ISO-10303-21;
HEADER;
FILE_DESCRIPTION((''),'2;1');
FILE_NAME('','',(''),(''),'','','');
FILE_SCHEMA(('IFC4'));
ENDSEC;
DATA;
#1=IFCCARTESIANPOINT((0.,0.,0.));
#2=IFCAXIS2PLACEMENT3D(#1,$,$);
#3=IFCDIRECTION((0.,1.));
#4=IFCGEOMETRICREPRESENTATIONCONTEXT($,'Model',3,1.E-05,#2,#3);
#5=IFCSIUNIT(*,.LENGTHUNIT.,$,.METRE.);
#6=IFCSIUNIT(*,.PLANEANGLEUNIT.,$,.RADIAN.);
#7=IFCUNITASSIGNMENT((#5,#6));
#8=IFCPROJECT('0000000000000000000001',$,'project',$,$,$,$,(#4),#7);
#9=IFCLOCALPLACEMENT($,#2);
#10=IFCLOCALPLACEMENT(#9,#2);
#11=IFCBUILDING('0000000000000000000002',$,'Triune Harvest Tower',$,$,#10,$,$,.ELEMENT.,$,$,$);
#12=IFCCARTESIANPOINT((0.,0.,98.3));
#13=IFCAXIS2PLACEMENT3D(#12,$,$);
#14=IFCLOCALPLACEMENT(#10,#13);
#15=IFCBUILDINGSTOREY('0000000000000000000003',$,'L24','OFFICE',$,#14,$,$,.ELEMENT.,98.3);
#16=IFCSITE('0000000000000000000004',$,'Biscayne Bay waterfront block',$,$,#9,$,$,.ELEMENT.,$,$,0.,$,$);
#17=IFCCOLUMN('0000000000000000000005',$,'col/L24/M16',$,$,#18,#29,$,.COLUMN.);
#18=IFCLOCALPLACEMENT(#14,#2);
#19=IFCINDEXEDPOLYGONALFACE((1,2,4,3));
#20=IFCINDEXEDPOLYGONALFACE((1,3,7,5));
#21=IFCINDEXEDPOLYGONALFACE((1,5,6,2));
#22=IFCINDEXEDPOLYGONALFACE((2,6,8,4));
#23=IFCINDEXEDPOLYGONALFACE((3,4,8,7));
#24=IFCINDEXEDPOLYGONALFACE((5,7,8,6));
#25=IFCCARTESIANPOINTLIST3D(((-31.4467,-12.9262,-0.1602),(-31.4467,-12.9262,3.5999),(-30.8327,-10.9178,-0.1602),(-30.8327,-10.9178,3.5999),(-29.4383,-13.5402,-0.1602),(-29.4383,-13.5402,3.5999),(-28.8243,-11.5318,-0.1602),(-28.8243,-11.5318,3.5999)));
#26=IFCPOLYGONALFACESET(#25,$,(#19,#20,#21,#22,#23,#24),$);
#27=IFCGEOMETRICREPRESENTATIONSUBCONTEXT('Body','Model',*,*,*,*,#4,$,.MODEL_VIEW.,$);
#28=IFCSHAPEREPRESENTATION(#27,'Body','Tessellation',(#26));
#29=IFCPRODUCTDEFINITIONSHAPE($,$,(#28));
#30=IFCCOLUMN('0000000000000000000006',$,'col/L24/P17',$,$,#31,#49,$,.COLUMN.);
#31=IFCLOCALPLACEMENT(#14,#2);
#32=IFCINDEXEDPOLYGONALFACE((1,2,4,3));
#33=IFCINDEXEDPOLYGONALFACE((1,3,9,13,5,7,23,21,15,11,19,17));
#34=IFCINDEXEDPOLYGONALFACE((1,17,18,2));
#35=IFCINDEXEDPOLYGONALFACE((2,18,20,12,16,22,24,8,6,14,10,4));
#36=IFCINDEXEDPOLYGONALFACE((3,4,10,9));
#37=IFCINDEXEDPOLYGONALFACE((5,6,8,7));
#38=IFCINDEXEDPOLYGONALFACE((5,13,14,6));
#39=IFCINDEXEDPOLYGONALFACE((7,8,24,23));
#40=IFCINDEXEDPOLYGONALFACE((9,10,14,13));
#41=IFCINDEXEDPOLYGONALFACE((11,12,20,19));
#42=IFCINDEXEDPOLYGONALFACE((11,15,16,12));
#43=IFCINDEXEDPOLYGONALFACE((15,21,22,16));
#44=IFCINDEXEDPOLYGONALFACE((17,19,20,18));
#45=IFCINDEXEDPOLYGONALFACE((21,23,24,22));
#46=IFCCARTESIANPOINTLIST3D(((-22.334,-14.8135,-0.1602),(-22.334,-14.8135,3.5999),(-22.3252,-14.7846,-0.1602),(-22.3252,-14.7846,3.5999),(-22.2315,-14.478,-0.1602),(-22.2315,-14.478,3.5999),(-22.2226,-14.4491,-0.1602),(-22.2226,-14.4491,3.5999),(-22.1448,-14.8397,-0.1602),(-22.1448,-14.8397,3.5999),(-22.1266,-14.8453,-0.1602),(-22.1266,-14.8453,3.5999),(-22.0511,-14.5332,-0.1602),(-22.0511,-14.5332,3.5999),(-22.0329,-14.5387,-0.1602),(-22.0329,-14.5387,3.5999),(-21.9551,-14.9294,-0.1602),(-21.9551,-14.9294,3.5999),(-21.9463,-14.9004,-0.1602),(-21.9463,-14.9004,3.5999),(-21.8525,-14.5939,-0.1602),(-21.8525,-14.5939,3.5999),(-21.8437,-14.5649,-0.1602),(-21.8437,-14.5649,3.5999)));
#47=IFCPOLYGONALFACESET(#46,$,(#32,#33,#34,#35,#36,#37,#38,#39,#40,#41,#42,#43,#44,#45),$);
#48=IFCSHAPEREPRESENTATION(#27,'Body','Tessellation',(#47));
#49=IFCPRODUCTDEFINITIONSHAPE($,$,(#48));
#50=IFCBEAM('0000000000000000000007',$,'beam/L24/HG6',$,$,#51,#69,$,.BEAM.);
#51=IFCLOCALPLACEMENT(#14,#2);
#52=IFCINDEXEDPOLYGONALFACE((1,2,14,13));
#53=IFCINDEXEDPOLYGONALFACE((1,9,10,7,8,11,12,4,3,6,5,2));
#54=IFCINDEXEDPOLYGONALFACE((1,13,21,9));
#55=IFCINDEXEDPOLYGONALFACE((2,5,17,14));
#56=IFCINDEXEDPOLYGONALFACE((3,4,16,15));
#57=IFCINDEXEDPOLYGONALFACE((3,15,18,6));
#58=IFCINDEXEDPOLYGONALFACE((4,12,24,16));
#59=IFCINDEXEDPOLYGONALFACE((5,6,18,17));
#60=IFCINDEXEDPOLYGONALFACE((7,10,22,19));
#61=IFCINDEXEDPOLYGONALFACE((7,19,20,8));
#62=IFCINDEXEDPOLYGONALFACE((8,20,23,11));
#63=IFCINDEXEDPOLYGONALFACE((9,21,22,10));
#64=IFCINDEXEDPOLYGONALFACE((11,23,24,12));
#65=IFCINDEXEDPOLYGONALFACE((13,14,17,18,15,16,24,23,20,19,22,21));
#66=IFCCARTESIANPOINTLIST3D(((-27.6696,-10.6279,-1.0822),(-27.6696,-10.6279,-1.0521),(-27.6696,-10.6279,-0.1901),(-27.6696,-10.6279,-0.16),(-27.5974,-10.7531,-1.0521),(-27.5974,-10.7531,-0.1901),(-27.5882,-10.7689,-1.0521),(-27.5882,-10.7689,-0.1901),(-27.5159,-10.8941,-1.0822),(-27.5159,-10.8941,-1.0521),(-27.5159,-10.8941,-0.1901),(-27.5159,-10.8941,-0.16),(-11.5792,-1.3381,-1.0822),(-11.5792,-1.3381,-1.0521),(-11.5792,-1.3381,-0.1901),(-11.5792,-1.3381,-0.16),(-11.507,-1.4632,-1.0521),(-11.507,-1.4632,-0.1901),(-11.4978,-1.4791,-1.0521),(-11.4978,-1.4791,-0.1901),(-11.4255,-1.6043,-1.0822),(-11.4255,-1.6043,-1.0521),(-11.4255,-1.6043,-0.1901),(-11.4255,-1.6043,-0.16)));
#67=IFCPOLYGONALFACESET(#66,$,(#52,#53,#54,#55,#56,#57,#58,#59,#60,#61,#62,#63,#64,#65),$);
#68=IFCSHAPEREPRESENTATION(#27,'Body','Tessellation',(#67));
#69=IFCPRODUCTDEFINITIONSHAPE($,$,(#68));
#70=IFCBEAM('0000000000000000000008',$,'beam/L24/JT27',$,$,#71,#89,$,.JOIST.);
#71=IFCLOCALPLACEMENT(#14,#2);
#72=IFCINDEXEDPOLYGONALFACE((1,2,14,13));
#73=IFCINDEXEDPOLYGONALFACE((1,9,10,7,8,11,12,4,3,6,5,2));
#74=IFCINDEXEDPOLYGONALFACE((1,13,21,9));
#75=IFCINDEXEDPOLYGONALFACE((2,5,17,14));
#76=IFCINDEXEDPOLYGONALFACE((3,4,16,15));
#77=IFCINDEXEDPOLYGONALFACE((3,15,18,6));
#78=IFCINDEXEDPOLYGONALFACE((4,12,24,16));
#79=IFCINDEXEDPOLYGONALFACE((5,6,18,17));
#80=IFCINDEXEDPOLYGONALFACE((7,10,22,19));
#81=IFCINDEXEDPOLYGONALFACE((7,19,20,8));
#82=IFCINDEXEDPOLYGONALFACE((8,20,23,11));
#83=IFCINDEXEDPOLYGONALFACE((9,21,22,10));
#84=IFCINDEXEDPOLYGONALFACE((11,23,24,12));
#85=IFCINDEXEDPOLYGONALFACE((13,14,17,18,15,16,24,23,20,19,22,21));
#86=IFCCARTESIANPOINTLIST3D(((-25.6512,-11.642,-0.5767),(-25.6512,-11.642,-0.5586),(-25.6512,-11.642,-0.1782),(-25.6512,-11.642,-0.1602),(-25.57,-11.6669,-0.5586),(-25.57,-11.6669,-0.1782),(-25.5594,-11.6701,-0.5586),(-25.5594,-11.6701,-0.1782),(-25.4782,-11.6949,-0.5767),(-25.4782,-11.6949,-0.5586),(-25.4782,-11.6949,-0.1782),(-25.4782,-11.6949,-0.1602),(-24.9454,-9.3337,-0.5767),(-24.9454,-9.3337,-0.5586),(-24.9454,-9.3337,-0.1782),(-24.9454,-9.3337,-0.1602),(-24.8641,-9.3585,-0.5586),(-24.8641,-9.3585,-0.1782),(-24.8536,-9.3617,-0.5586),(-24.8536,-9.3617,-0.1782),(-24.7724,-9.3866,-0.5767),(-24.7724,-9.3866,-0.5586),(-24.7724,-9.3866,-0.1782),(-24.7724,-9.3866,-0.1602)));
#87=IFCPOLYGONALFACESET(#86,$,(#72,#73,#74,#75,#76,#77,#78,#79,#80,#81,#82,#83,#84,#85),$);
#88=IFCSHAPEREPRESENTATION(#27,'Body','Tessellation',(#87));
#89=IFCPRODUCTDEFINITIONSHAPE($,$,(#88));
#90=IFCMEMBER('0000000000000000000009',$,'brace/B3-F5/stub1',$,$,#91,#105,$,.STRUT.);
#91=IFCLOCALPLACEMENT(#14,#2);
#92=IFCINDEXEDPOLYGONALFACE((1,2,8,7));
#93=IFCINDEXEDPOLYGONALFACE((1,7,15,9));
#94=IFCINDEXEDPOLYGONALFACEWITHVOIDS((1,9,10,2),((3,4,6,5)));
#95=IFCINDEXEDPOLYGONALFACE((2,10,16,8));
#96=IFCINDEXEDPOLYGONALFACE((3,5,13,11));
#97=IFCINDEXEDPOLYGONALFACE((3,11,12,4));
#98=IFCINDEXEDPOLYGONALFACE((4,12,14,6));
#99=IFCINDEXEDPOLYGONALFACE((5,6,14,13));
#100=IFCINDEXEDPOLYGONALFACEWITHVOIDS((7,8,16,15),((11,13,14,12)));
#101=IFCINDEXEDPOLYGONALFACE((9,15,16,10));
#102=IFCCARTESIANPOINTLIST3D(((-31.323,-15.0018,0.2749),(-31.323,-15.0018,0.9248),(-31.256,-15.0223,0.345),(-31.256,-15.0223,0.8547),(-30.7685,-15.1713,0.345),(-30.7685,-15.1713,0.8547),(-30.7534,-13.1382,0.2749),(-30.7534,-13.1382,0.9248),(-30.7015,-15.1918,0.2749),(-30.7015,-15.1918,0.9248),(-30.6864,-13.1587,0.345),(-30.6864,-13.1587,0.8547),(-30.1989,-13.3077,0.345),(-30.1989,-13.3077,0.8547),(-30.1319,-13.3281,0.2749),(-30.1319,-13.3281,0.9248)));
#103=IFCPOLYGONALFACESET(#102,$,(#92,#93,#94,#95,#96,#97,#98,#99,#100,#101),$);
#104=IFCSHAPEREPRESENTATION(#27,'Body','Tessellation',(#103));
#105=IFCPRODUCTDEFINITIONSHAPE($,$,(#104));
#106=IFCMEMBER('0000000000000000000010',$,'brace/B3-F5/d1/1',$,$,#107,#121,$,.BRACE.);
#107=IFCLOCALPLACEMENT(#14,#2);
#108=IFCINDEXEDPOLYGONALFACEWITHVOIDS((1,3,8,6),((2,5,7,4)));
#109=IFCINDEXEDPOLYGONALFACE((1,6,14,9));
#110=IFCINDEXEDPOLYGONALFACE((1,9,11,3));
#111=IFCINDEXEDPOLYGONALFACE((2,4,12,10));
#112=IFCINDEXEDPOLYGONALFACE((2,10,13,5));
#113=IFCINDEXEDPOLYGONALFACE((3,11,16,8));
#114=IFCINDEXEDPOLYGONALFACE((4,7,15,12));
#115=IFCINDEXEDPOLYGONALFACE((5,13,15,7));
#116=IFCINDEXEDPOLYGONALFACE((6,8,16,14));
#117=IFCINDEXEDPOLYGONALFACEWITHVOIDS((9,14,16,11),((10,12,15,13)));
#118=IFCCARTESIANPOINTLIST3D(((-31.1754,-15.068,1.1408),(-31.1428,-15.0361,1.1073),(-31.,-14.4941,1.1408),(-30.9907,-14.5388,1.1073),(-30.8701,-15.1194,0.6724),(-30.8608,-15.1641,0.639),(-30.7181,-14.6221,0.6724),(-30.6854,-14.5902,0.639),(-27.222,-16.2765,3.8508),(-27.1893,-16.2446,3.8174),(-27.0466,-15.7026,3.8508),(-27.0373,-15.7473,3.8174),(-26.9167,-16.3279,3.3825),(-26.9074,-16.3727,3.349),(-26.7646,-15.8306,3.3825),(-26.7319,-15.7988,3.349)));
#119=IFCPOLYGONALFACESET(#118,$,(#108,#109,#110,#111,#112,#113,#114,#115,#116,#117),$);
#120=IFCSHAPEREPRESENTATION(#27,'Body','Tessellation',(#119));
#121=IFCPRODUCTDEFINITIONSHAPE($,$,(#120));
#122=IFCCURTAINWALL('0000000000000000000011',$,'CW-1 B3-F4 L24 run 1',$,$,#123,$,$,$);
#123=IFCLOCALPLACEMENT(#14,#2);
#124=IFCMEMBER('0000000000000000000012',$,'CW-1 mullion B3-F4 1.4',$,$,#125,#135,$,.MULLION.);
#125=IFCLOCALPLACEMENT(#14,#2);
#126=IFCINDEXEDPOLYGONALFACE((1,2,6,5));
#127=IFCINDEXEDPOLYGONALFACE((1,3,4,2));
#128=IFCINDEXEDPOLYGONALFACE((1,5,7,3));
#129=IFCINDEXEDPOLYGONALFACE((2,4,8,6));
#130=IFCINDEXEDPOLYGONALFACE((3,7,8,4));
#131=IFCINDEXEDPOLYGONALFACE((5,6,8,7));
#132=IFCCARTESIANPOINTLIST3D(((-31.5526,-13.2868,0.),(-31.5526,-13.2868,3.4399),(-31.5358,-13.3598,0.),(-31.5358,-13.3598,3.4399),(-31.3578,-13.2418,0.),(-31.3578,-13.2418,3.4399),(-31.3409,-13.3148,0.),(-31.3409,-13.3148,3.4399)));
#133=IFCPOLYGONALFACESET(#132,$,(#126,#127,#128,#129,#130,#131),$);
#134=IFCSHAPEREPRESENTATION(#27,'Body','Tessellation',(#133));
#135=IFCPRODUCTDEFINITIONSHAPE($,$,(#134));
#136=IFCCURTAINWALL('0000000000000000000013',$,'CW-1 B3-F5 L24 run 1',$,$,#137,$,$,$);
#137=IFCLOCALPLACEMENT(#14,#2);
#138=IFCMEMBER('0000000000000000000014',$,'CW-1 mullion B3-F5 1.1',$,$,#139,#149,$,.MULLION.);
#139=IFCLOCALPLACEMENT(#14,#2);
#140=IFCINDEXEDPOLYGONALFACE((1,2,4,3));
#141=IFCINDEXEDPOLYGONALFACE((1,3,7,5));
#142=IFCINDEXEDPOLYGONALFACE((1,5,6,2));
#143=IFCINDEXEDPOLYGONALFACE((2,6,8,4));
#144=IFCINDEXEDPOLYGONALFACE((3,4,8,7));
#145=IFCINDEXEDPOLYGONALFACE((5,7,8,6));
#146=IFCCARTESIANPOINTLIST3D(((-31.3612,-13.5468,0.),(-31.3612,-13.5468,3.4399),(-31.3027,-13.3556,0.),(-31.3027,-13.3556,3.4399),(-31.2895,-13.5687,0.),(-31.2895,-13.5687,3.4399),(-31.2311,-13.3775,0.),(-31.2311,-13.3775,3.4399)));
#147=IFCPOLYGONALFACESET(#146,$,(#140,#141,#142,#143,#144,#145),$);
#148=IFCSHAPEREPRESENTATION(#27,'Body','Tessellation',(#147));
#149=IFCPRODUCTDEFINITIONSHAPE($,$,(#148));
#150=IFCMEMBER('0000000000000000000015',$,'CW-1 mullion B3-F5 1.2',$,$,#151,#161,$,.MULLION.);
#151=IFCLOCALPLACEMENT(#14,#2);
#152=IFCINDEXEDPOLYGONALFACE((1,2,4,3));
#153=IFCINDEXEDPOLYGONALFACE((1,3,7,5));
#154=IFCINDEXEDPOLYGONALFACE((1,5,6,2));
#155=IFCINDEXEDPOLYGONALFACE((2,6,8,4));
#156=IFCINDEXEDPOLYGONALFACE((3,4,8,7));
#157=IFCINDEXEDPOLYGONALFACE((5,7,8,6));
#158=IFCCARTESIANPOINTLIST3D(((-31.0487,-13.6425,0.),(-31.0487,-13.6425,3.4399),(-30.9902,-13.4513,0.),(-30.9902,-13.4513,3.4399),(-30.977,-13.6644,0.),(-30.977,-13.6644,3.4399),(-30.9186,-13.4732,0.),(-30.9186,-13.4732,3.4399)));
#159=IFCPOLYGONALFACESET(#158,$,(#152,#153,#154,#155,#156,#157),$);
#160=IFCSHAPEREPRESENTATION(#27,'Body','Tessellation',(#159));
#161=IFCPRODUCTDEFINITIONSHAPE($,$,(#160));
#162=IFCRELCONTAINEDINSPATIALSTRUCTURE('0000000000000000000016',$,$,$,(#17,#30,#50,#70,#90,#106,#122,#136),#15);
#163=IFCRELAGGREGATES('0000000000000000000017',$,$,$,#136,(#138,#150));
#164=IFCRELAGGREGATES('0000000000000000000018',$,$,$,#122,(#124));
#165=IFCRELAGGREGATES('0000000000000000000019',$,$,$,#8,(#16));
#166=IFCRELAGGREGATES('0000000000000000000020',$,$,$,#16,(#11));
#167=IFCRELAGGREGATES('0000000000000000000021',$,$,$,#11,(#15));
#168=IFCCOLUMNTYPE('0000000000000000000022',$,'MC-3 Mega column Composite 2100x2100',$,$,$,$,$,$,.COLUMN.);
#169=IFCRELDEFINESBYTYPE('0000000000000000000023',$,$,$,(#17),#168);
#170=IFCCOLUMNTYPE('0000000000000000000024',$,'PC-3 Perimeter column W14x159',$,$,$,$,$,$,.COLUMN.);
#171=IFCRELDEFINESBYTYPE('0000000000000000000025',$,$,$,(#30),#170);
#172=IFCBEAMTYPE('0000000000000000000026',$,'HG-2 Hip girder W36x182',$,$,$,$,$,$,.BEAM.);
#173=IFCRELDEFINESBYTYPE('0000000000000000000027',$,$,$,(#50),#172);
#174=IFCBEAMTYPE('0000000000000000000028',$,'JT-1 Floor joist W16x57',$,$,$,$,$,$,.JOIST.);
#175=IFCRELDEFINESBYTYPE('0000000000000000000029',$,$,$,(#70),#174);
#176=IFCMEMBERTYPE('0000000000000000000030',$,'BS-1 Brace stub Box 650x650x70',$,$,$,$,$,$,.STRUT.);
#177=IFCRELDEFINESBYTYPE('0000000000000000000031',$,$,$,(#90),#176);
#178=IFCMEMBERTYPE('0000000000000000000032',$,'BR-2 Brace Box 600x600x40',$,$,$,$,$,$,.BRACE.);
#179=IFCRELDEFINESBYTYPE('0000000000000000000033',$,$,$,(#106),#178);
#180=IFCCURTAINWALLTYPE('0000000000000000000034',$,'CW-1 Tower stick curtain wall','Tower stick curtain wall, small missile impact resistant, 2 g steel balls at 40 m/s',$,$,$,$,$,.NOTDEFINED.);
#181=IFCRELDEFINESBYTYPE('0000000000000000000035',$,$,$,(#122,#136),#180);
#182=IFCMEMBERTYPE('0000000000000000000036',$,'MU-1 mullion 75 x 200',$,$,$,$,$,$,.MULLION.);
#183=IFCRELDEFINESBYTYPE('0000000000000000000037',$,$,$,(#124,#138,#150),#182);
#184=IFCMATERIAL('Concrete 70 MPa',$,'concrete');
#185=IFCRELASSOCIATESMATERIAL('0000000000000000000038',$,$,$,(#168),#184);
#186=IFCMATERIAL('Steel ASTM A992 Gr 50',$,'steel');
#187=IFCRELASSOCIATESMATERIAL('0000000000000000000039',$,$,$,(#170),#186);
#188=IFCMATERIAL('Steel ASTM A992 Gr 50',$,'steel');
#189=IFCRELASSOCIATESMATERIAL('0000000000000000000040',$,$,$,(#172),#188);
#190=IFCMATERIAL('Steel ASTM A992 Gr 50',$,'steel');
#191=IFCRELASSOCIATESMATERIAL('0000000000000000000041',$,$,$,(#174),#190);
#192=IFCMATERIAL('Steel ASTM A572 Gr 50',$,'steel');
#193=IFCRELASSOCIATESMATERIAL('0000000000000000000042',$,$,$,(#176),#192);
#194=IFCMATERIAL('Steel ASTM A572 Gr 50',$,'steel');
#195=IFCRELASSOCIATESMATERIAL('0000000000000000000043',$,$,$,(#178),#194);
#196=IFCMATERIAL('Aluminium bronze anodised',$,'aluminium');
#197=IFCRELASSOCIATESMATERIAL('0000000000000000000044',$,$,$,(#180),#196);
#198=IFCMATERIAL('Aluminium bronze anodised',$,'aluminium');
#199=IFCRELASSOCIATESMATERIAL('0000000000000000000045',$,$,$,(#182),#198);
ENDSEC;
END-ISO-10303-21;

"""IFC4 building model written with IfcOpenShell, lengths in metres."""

from ifc_helpers import new_model, si_unit, direction, frame, origin, origin_2d, place, context, subcontext, project, spatial, rectangle, hollow_rectangle, i_section, extrude, source, transform, mapped, material, material_profile, profile_set, type_object, element, aggregate, save


model = new_model("IFC4")

# Units and contexts
model_context = context("Model", 3, precision=1e-05, world=origin(), true_north=direction((0.0, 1.0)))
body_context = subcontext(model_context, "Body", "Model", "MODEL_VIEW")
ifc_project = project(units=[si_unit("LENGTHUNIT", "METRE"), si_unit("PLANEANGLEUNIT", "RADIAN")], contexts=[model_context])

# Site, building, storey
site_placement = place(None, origin())
site = spatial("IfcSite", under=ifc_project, at=site_placement, Name="Biscayne Bay waterfront block", CompositionType="ELEMENT", RefElevation=0.0)
building_placement = place(site_placement, origin())
building = spatial("IfcBuilding", under=site, at=building_placement, Name="Triune Harvest Tower", CompositionType="ELEMENT")
storey_placement = place(building_placement, frame((0.0, 0.0, 98.3)))
storey = spatial("IfcBuildingStorey", under=building, at=storey_placement, Name="L24", Description="OFFICE", CompositionType="ELEMENT", Elevation=98.3)

# Columns
ifc_material_1 = material(Name="Concrete 70 MPa", Category="concrete")
ifc_material_profile_1 = material_profile(ifc_material_1, rectangle(XDim=2.1001, YDim=2.1001, at=origin_2d()), Name="Composite 2100x2100")
ifc_profile_set_1 = profile_set([ifc_material_profile_1], Name="Concrete 70 MPa")
column_type_1 = type_object("IfcColumnType", Name="MC-3 Mega column Composite 2100x2100", PredefinedType="COLUMN", material=ifc_profile_set_1)
shared_shape_1 = source(origin(), body_context, "Body", "SweptSolid", [
    extrude(rectangle(XDim=2.1001, YDim=2.1001, at=origin_2d()), origin(), (0.0, 0.0, 1.0), 3.76),
])
column_1_placement = place(storey_placement, frame((-30.1355, -12.229, -0.1602), z_axis=(0.0, 0.0, 1.0), x_axis=(0.956305, -0.292372, 0.0)))
element("IfcColumn", 1, at=column_1_placement, inside=storey, type_object=column_type_1, Name="col/L24/M16", PredefinedType="COLUMN", context=body_context, shape_type="MappedRepresentation", body=[
    mapped(shared_shape_1, transform((0.0, 0.0, 0.0), scale=1.0)),
])
ifc_material_2 = material(Name="Steel ASTM A992 Gr 50", Category="steel")
ifc_material_profile_2 = material_profile(ifc_material_2, i_section(OverallWidth=0.3962, OverallDepth=0.3811, WebThickness=0.019, FlangeThickness=0.0303, at=origin_2d()), Name="W14x159")
ifc_profile_set_2 = profile_set([ifc_material_profile_2], Name="Steel ASTM A992 Gr 50")
column_type_2 = type_object("IfcColumnType", Name="PC-3 Perimeter column W14x159", PredefinedType="COLUMN", material=ifc_profile_set_2)
shared_shape_2 = source(origin(), body_context, "Body", "SweptSolid", [
    extrude(i_section(OverallWidth=0.3962, OverallDepth=0.3811, WebThickness=0.019, FlangeThickness=0.0303, at=origin_2d()), origin(), (0.0, 0.0, 1.0), 3.76),
])
column_2_placement = place(storey_placement, frame((-22.0889, -14.6892, -0.1602), z_axis=(0.0, 0.0, 1.0), x_axis=(0.956305, -0.292372, 0.0)))
element("IfcColumn", 2, at=column_2_placement, inside=storey, type_object=column_type_2, Name="col/L24/P17", PredefinedType="COLUMN", context=body_context, shape_type="MappedRepresentation", body=[
    mapped(shared_shape_2, transform((0.0, 0.0, 0.0), scale=1.0)),
])

# Beams
ifc_material_3 = material(Name="Steel ASTM A992 Gr 50", Category="steel")
ifc_material_profile_3 = material_profile(ifc_material_3, i_section(OverallWidth=0.3074, OverallDepth=0.9221, WebThickness=0.0183, FlangeThickness=0.03, at=origin_2d()), Name="W36x182")
ifc_profile_set_3 = profile_set([ifc_material_profile_3], Name="Steel ASTM A992 Gr 50")
beam_type_1 = type_object("IfcBeamType", Name="HG-2 Hip girder W36x182", PredefinedType="BEAM", material=ifc_profile_set_3)
shared_shape_3 = source(origin(), body_context, "Body", "SweptSolid", [
    extrude(i_section(OverallWidth=0.3074, OverallDepth=0.9221, WebThickness=0.0183, FlangeThickness=0.03, at=origin_2d()), origin(), (0.0, 0.0, 1.0), 18.5796),
])
beam_1_placement = place(storey_placement, frame((-27.5928, -10.761, -0.6211), z_axis=(0.866025, 0.500002, 0.0), x_axis=(-0.500002, 0.866025, 0.0)))
element("IfcBeam", 3, at=beam_1_placement, inside=storey, type_object=beam_type_1, Name="beam/L24/HG6", PredefinedType="BEAM", context=body_context, shape_type="MappedRepresentation", body=[
    mapped(shared_shape_3, transform((0.0, 0.0, 0.0), scale=1.0)),
])
ifc_material_4 = material(Name="Steel ASTM A992 Gr 50", Category="steel")
ifc_material_profile_4 = material_profile(ifc_material_4, i_section(OverallWidth=0.1809, OverallDepth=0.4165, WebThickness=0.011, FlangeThickness=0.0181, at=origin_2d()), Name="W16x57")
ifc_profile_set_4 = profile_set([ifc_material_profile_4], Name="Steel ASTM A992 Gr 50")
beam_type_2 = type_object("IfcBeamType", Name="JT-1 Floor joist W16x57", PredefinedType="JOIST", material=ifc_profile_set_4)
shared_shape_4 = source(origin(), body_context, "Body", "SweptSolid", [
    extrude(i_section(OverallWidth=0.1809, OverallDepth=0.4165, WebThickness=0.011, FlangeThickness=0.0181, at=origin_2d()), origin(), (0.0, 0.0, 1.0), 2.4138),
])
beam_2_placement = place(storey_placement, frame((-25.5647, -11.6685, -0.3684), z_axis=(0.292401, 0.956296, 0.0), x_axis=(-0.956296, 0.292401, 0.0)))
element("IfcBeam", 4, at=beam_2_placement, inside=storey, type_object=beam_type_2, Name="beam/L24/JT27", PredefinedType="JOIST", context=body_context, shape_type="MappedRepresentation", body=[
    mapped(shared_shape_4, transform((0.0, 0.0, 0.0), scale=1.0)),
])

# Members
ifc_material_5 = material(Name="Steel ASTM A572 Gr 50", Category="steel")
ifc_material_profile_5 = material_profile(ifc_material_5, hollow_rectangle(XDim=0.6499, YDim=0.6499, WallThickness=0.0701, at=origin_2d()), Name="Box 650x650x70")
ifc_profile_set_5 = profile_set([ifc_material_profile_5], Name="Steel ASTM A572 Gr 50")
member_type_1 = type_object("IfcMemberType", Name="BS-1 Brace stub Box 650x650x70", PredefinedType="STRUT", material=ifc_profile_set_5)
shared_shape_5 = source(origin(), body_context, "Body", "SweptSolid", [
    extrude(hollow_rectangle(XDim=0.6499, YDim=0.6499, WallThickness=0.0701, at=origin_2d()), origin(), (0.0, 0.0, 1.0), 1.9487),
])
member_1_placement = place(storey_placement, frame((-30.4426, -13.2332, 0.5999), z_axis=(-0.292298, -0.956327, 0.0), x_axis=(0.956327, -0.292298, 0.0)))
element("IfcMember", 5, at=member_1_placement, inside=storey, type_object=member_type_1, Name="brace/B3-F5/stub1", PredefinedType="STRUT", context=body_context, shape_type="MappedRepresentation", body=[
    mapped(shared_shape_5, transform((0.0, 0.0, 0.0), scale=1.0)),
])
ifc_material_6 = material(Name="Steel ASTM A572 Gr 50", Category="steel")
ifc_material_profile_6 = material_profile(ifc_material_6, hollow_rectangle(XDim=0.6001, YDim=0.6001, WallThickness=0.04, at=origin_2d()), Name="Box 600x600x40")
ifc_profile_set_6 = profile_set([ifc_material_profile_6], Name="Steel ASTM A572 Gr 50")
member_type_2 = type_object("IfcMemberType", Name="BR-2 Brace Box 600x600x40", PredefinedType="BRACE", material=ifc_profile_set_6)
shared_shape_6 = source(origin(), body_context, "Body", "SweptSolid", [
    extrude(hollow_rectangle(XDim=0.6001, YDim=0.6001, WallThickness=0.04, at=origin_2d()), origin(), (0.0, 0.0, 1.0), 4.9431),
])
member_2_placement = place(storey_placement, frame((-30.9304, -14.8291, 0.8899), z_axis=(0.799788, -0.244485, 0.54824), x_axis=(0.292334, 0.956316, 0.0)))
element("IfcMember", 6, at=member_2_placement, inside=storey, type_object=member_type_2, Name="brace/B3-F5/d1/1", PredefinedType="BRACE", context=body_context, shape_type="MappedRepresentation", body=[
    mapped(shared_shape_6, transform((0.0, 0.0, 0.0), scale=1.0)),
])

# Curtain wall, member
ifc_material_7 = material(Name="Aluminium bronze anodised", Category="aluminium")
curtain_wall_type_1 = type_object("IfcCurtainWallType", Name="CW-1 Tower stick curtain wall", Description="Tower stick curtain wall, small missile impact resistant, 2 g steel balls at 40 m/s", PredefinedType="NOTDEFINED", material=ifc_material_7)
curtain_wall_1_placement = place(storey_placement, origin())
curtain_wall_1 = element("IfcCurtainWall", 7, at=curtain_wall_1_placement, inside=storey, type_object=curtain_wall_type_1, Name="CW-1 B3-F4 L24 run 1")
ifc_material_8 = material(Name="Aluminium bronze anodised", Category="aluminium")
ifc_material_profile_7 = material_profile(ifc_material_8, rectangle(XDim=0.2, YDim=0.075, at=origin_2d()), Name="MU-1 mullion 75 x 200")
ifc_profile_set_7 = profile_set([ifc_material_profile_7], Name="Aluminium bronze anodised")
member_type_3 = type_object("IfcMemberType", Name="MU-1 mullion 75 x 200", PredefinedType="MULLION", material=ifc_profile_set_7)
shared_shape_7 = source(origin(), body_context, "Body", "SweptSolid", [
    extrude(rectangle(XDim=0.2, YDim=0.075, at=origin_2d()), origin(), (0.0, 0.0, 1.0), 3.4399),
])
member_3_placement = place(storey_placement, frame((-31.4468, -13.3008, 0.0), z_axis=(0.0, 0.0, 1.0), x_axis=(0.974371, 0.224947, 0.0)))
member_3 = element("IfcMember", 8, at=member_3_placement, type_object=member_type_3, Name="CW-1 mullion B3-F4 1.4", PredefinedType="MULLION", context=body_context, shape_type="MappedRepresentation", body=[
    mapped(shared_shape_7, transform((0.0, 0.0, 0.0), scale=1.0)),
])

# Curtain wall, members
curtain_wall_2_placement = place(storey_placement, origin())
curtain_wall_2 = element("IfcCurtainWall", 9, at=curtain_wall_2_placement, inside=storey, type_object=curtain_wall_type_1, Name="CW-1 B3-F5 L24 run 1")
member_4_placement = place(storey_placement, frame((-31.2961, -13.4622, 0.0), z_axis=(0.0, 0.0, 1.0), x_axis=(0.292459, 0.956278, 0.0)))
member_4 = element("IfcMember", 10, at=member_4_placement, type_object=member_type_3, Name="CW-1 mullion B3-F5 1.1", PredefinedType="MULLION", context=body_context, shape_type="MappedRepresentation", body=[
    mapped(shared_shape_7, transform((0.0, 0.0, 0.0), scale=1.0)),
])
member_5_placement = place(storey_placement, frame((-30.9836, -13.5579, 0.0), z_axis=(0.0, 0.0, 1.0), x_axis=(0.292459, 0.956278, 0.0)))
member_5 = element("IfcMember", 11, at=member_5_placement, type_object=member_type_3, Name="CW-1 mullion B3-F5 1.2", PredefinedType="MULLION", context=body_context, shape_type="MappedRepresentation", body=[
    mapped(shared_shape_7, transform((0.0, 0.0, 0.0), scale=1.0)),
])

aggregate(curtain_wall_2, [member_4, member_5])
aggregate(curtain_wall_1, [member_3])

save(model, "model.ifc")
